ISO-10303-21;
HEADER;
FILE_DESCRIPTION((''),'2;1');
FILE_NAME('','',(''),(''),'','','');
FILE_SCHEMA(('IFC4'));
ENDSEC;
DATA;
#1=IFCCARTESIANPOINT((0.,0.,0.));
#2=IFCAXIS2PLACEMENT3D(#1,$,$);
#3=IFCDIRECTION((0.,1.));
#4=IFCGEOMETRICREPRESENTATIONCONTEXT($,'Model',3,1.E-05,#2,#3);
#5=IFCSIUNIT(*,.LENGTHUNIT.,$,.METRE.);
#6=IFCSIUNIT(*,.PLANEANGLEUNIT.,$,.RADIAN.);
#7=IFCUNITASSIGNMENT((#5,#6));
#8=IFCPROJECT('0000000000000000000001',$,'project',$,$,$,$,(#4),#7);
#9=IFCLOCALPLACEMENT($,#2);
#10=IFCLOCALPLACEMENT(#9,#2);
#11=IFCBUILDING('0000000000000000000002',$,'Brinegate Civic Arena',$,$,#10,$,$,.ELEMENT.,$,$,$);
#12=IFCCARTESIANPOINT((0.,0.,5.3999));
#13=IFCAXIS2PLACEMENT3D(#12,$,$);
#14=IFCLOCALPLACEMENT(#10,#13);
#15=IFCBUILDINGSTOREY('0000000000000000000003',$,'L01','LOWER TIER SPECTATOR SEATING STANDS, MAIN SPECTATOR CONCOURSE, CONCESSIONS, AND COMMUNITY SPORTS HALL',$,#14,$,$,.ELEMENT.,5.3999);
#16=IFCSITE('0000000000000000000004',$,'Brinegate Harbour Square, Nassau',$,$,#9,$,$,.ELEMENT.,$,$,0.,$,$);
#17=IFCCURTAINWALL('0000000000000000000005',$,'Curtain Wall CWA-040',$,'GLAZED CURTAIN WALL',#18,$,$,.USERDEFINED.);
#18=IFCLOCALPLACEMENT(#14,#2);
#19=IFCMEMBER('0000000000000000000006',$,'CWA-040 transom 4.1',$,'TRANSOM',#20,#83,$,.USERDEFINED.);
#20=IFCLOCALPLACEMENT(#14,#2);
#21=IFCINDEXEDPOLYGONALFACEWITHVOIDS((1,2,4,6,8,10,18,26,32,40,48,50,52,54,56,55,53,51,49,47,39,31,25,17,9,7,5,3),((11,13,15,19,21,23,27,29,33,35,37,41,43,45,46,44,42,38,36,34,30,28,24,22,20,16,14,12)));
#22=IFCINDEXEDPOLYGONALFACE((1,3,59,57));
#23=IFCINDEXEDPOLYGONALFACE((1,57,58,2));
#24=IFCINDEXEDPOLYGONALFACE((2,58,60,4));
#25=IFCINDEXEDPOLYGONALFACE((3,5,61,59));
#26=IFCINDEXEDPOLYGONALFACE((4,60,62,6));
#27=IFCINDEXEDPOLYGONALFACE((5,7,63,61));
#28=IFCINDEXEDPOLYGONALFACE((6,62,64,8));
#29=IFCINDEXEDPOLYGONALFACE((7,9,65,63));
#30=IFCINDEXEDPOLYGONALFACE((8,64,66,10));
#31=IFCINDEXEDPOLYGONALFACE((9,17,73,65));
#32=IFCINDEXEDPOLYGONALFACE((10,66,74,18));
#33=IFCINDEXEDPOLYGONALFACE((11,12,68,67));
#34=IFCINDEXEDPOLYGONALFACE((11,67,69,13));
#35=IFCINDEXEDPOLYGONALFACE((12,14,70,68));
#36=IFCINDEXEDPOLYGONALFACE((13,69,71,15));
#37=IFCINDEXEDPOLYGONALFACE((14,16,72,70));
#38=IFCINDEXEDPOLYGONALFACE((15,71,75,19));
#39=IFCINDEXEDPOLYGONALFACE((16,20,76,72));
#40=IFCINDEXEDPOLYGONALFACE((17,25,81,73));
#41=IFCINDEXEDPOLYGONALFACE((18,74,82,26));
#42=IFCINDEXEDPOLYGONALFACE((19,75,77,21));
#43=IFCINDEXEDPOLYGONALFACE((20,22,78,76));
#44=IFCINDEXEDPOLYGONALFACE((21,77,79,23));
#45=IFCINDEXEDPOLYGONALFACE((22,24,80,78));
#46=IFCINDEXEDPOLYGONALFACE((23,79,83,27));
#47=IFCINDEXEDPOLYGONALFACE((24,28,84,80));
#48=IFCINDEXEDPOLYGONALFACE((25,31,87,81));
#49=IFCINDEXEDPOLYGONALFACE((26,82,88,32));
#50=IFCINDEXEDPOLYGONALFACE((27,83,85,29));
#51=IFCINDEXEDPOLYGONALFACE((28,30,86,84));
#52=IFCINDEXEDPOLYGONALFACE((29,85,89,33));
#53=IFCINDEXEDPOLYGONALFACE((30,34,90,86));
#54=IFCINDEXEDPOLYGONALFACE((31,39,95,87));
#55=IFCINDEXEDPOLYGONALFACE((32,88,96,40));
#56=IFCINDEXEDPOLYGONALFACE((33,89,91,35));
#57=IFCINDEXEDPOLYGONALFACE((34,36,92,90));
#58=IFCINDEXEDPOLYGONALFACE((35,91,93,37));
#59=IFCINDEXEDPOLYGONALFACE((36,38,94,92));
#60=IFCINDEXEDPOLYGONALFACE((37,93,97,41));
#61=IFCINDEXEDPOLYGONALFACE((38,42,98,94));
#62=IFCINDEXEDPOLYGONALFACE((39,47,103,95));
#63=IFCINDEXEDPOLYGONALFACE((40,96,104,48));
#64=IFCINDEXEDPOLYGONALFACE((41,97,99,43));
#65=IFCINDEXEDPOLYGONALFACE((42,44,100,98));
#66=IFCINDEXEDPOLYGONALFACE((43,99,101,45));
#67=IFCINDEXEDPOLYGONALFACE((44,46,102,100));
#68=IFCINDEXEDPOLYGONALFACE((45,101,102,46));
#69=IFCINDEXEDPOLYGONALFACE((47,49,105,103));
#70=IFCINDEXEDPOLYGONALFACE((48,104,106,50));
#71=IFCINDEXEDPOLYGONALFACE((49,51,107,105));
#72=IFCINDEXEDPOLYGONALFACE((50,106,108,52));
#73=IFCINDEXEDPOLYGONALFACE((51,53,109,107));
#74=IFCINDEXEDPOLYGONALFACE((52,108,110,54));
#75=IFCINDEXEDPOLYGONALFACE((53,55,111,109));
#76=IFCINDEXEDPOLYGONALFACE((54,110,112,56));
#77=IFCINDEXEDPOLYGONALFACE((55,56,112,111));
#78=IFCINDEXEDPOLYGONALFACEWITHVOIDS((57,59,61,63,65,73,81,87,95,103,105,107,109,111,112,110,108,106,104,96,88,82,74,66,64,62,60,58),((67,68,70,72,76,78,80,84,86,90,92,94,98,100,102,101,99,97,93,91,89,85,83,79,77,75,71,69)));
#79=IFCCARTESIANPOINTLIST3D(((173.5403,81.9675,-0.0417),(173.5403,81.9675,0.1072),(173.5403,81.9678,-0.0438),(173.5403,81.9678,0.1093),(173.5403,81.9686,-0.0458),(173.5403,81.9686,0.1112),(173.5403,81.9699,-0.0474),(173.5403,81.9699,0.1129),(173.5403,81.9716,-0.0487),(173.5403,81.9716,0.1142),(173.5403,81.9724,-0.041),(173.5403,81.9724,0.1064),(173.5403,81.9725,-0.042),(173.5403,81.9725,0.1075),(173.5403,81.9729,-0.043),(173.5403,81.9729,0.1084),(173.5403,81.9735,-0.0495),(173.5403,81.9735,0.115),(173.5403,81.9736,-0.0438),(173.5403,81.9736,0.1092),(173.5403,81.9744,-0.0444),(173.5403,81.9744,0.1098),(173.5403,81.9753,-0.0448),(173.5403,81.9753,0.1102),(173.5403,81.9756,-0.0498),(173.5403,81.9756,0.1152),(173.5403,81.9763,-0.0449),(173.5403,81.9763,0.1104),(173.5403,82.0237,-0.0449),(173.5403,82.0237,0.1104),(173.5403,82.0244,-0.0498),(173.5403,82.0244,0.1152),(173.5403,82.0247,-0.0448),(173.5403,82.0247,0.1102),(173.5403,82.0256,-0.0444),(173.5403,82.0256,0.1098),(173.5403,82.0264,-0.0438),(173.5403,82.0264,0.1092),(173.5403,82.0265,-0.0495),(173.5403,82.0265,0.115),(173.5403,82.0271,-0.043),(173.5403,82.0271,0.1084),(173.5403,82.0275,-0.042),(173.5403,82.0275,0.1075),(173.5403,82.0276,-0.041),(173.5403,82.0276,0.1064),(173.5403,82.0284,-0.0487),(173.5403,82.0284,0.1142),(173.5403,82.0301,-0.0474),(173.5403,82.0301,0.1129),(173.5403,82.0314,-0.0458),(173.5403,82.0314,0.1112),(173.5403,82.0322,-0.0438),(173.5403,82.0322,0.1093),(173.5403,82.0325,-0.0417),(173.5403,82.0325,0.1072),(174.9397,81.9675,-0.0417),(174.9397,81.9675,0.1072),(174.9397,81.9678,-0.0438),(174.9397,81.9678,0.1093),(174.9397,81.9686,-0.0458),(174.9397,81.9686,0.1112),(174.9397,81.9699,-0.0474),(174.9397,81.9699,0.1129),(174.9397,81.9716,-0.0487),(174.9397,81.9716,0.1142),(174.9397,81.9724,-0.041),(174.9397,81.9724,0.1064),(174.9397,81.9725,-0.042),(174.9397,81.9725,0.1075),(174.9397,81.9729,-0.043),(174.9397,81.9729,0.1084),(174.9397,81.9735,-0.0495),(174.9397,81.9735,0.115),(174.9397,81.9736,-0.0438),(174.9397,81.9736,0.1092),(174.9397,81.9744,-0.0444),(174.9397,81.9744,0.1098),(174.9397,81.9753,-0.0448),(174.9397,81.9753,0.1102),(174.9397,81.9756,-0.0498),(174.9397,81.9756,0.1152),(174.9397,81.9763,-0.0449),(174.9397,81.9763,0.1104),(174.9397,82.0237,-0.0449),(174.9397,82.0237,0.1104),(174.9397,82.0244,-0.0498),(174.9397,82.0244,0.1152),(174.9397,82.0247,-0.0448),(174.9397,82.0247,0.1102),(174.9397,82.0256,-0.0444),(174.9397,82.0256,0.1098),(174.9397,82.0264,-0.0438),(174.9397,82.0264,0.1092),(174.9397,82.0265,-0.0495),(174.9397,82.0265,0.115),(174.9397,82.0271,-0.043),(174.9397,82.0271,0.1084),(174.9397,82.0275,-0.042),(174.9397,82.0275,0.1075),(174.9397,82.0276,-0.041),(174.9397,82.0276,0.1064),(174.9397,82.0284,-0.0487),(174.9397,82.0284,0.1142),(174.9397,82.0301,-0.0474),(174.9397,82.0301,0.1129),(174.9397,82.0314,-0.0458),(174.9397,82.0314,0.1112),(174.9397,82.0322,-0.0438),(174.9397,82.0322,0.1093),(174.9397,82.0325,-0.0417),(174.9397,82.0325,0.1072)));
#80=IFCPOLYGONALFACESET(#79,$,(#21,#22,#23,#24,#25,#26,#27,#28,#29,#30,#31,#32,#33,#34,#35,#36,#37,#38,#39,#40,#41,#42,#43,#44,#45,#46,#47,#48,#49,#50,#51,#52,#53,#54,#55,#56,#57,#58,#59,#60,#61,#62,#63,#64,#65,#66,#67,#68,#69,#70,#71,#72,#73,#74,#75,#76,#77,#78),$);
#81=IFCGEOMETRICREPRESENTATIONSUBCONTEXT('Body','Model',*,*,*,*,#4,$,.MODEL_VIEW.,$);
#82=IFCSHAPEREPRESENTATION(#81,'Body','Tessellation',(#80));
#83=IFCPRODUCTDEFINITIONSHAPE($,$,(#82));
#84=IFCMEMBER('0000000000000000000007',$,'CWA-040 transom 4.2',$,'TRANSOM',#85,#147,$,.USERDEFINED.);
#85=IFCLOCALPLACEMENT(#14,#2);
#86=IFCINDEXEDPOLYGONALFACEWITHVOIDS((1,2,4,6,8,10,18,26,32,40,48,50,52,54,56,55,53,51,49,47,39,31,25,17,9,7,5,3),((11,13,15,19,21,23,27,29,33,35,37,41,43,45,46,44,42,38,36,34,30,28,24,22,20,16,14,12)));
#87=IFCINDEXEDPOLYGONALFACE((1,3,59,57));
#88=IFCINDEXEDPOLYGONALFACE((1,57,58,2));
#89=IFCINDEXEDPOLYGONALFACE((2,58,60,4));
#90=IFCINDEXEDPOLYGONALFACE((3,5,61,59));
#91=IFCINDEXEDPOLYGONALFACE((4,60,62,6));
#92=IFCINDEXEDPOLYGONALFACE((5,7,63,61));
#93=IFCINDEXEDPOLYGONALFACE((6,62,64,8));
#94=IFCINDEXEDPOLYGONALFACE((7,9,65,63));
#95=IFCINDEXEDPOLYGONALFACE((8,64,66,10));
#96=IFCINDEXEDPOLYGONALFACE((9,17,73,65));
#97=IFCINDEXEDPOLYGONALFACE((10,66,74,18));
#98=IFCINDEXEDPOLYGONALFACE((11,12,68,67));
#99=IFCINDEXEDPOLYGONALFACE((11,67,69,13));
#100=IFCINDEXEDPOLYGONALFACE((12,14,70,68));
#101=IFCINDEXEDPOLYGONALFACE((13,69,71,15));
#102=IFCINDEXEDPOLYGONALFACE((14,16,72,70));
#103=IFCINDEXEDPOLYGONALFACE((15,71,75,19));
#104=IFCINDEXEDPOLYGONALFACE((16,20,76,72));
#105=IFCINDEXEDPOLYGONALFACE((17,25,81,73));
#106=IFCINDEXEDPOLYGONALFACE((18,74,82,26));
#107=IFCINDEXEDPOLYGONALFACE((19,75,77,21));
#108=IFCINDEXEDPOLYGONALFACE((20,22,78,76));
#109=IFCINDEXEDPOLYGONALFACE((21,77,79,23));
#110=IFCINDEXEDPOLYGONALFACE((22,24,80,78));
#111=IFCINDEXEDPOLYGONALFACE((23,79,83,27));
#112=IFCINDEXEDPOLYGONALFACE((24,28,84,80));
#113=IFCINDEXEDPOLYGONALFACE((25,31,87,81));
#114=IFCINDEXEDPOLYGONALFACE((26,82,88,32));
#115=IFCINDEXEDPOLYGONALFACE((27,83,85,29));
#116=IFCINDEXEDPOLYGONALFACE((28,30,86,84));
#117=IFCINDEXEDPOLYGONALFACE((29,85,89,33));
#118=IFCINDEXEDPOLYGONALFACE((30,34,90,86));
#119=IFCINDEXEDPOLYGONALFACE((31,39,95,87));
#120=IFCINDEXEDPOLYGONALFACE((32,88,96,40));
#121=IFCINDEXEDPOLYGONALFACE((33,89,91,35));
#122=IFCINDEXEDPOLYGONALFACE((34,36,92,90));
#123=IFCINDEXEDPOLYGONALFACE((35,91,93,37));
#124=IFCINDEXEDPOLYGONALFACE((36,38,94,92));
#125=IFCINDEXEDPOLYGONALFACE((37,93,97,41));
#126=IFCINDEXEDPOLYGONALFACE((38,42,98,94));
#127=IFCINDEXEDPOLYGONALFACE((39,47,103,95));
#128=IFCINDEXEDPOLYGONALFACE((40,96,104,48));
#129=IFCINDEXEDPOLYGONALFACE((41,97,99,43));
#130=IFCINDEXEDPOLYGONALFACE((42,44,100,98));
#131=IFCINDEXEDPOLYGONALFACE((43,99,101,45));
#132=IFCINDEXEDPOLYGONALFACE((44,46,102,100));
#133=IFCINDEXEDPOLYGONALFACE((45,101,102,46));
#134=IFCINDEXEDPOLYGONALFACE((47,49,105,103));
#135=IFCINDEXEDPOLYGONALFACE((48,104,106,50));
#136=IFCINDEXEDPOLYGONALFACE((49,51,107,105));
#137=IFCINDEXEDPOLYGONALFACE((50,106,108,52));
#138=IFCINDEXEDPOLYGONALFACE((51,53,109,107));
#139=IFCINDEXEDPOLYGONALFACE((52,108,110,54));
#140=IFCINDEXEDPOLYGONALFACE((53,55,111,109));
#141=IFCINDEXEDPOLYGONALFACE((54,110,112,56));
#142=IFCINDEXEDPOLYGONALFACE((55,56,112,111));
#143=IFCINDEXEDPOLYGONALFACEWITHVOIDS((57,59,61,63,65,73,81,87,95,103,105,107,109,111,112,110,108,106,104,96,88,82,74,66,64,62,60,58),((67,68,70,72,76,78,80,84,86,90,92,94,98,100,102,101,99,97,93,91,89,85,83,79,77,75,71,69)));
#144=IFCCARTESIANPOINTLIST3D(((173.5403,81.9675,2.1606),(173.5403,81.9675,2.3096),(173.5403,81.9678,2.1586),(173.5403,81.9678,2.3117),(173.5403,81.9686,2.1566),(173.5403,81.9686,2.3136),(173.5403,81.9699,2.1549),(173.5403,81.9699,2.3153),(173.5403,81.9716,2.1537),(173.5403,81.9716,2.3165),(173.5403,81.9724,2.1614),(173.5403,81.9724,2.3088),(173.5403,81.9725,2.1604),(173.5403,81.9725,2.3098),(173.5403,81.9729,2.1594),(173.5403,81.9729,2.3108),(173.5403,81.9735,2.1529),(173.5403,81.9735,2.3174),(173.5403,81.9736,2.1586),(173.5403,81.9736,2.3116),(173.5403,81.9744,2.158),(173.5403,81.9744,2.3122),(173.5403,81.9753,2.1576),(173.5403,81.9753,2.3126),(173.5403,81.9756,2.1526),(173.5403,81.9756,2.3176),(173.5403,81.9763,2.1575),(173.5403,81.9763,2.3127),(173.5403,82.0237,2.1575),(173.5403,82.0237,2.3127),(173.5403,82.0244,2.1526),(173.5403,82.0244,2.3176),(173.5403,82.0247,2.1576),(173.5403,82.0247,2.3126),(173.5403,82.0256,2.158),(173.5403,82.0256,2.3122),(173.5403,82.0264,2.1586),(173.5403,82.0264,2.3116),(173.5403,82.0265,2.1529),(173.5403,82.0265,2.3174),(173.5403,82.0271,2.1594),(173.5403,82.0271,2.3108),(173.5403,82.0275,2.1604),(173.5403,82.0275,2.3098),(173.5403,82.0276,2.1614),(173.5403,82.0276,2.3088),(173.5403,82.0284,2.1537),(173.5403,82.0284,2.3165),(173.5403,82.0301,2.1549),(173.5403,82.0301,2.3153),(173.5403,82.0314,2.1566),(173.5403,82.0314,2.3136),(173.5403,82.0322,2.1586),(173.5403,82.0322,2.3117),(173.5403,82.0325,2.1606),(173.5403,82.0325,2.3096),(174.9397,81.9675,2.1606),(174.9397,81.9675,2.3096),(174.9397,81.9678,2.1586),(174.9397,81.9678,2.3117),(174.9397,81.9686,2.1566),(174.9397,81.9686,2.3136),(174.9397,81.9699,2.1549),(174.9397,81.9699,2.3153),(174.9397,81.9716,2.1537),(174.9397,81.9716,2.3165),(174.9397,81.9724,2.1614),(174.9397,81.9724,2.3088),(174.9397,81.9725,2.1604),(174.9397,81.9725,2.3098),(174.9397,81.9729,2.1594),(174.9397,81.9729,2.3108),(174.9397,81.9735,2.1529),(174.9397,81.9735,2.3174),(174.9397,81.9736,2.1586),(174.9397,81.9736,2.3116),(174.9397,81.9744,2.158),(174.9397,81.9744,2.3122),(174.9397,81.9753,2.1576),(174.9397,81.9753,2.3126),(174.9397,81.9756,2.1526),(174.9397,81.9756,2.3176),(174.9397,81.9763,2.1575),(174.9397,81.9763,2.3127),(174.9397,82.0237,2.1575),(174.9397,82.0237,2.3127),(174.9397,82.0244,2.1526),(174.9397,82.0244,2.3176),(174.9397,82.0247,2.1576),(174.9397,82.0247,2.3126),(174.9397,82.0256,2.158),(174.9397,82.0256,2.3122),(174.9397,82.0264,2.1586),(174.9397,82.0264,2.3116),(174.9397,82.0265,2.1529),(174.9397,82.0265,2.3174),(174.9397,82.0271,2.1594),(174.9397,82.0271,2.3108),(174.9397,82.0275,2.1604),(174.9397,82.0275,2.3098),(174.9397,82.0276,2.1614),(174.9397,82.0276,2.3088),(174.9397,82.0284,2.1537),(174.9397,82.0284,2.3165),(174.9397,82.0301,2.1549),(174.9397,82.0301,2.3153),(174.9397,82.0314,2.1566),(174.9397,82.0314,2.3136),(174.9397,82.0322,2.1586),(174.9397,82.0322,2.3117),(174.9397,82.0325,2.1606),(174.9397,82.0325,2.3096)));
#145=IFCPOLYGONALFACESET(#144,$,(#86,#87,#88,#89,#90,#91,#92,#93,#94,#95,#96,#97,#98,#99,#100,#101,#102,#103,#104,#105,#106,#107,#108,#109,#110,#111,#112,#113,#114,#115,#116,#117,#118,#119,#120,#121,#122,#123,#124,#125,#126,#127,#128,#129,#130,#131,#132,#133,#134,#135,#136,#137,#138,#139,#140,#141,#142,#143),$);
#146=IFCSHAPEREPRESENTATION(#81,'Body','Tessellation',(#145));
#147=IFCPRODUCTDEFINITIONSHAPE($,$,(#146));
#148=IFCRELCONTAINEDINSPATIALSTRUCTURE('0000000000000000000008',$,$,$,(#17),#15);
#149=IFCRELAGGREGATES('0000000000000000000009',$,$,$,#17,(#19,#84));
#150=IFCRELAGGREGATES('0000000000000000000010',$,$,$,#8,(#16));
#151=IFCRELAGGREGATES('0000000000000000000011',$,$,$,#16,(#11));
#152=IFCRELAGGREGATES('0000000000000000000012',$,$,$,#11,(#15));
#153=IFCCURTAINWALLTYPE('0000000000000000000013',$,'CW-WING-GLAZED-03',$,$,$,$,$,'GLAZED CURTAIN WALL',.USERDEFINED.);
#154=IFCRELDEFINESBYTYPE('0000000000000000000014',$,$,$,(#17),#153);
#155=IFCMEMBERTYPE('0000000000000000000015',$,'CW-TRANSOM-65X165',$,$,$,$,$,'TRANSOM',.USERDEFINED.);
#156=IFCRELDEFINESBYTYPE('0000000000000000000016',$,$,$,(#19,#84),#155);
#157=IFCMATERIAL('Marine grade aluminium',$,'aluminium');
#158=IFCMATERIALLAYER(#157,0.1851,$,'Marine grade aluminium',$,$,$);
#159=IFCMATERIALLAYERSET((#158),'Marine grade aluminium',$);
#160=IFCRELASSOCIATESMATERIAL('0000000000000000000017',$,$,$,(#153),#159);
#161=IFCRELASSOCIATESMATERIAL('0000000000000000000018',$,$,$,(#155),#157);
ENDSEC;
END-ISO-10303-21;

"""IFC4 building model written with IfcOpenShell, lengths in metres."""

from ifc_helpers import new_model, si_unit, direction, frame, origin, origin_2d, place, context, subcontext, project, spatial, hollow_rectangle, extrude, material, layer, layer_set, material_profile, profile_set, type_object, element, aggregate, save


model = new_model("IFC4")

# Units and contexts
model_context = context("Model", 3, precision=1e-05, world=origin(), true_north=direction((0.0, 1.0)))
body_context = subcontext(model_context, "Body", "Model", "MODEL_VIEW")
ifc_project = project(units=[si_unit("LENGTHUNIT", "METRE"), si_unit("PLANEANGLEUNIT", "RADIAN")], contexts=[model_context])

# Site, building, storey
site_placement = place(None, origin())
site = spatial("IfcSite", under=ifc_project, at=site_placement, Name="Brinegate Harbour Square, Nassau", CompositionType="ELEMENT", RefElevation=0.0)
building_placement = place(site_placement, origin())
building = spatial("IfcBuilding", under=site, at=building_placement, Name="Brinegate Civic Arena", CompositionType="ELEMENT")
storey_placement = place(building_placement, frame((0.0, 0.0, 5.3999)))
storey = spatial("IfcBuildingStorey", under=building, at=storey_placement, Name="L01", Description="LOWER TIER SPECTATOR SEATING STANDS, MAIN SPECTATOR CONCOURSE, CONCESSIONS, AND COMMUNITY SPORTS HALL", CompositionType="ELEMENT", Elevation=5.3999)

# Curtain wall, members
ifc_material_1 = material(Name="Marine grade aluminium", Category="aluminium")
ifc_layer_1 = layer(ifc_material_1, 0.1851, Name="Marine grade aluminium")
ifc_layer_set_1 = layer_set([ifc_layer_1], Name="Marine grade aluminium")
curtain_wall_type = type_object("IfcCurtainWallType", Name="CW-WING-GLAZED-03", ElementType="GLAZED CURTAIN WALL", PredefinedType="USERDEFINED", material=ifc_layer_set_1)
curtain_wall_placement = place(storey_placement, origin())
curtain_wall = element("IfcCurtainWall", 1, at=curtain_wall_placement, inside=storey, type_object=curtain_wall_type, Name="Curtain Wall CWA-040", ObjectType="GLAZED CURTAIN WALL", PredefinedType="USERDEFINED")
ifc_material_profile_1 = material_profile(ifc_material_1, hollow_rectangle(XDim=0.0649, YDim=0.165, WallThickness=0.0049, InnerFilletRadius=0.0039, OuterFilletRadius=0.0081, at=origin_2d()), Name="TRN65X165")
ifc_profile_set_1 = profile_set([ifc_material_profile_1], Name="Marine grade aluminium")
member_type_1 = type_object("IfcMemberType", Name="CW-TRANSOM-65X165", ElementType="TRANSOM", PredefinedType="USERDEFINED", material=ifc_profile_set_1)
member_1_placement = place(storey_placement, frame((173.5403, 82.0, 0.0327), z_axis=(1.0, 0.0, 0.0), x_axis=(0.0, 1.0, 0.0)))
member_1 = element("IfcMember", 2, at=member_1_placement, type_object=member_type_1, Name="CWA-040 transom 4.1", ObjectType="TRANSOM", PredefinedType="USERDEFINED", context=body_context, shape_type="SweptSolid", body=[
    extrude(hollow_rectangle(XDim=0.0649, YDim=0.165, WallThickness=0.0049, InnerFilletRadius=0.0039, OuterFilletRadius=0.0081, at=origin_2d()), origin(), (0.0, 0.0, 1.0), 1.3994),
])
member_2_placement = place(storey_placement, frame((173.5403, 82.0, 2.2351), z_axis=(1.0, 0.0, 0.0), x_axis=(0.0, 1.0, 0.0)))
member_2 = element("IfcMember", 3, at=member_2_placement, type_object=member_type_1, Name="CWA-040 transom 4.2", ObjectType="TRANSOM", PredefinedType="USERDEFINED", context=body_context, shape_type="SweptSolid", body=[
    extrude(hollow_rectangle(XDim=0.0649, YDim=0.165, WallThickness=0.0049, InnerFilletRadius=0.0039, OuterFilletRadius=0.0081, at=origin_2d()), origin(), (0.0, 0.0, 1.0), 1.3994),
])
aggregate(curtain_wall, [member_1, member_2])

save(model, "model.ifc")
